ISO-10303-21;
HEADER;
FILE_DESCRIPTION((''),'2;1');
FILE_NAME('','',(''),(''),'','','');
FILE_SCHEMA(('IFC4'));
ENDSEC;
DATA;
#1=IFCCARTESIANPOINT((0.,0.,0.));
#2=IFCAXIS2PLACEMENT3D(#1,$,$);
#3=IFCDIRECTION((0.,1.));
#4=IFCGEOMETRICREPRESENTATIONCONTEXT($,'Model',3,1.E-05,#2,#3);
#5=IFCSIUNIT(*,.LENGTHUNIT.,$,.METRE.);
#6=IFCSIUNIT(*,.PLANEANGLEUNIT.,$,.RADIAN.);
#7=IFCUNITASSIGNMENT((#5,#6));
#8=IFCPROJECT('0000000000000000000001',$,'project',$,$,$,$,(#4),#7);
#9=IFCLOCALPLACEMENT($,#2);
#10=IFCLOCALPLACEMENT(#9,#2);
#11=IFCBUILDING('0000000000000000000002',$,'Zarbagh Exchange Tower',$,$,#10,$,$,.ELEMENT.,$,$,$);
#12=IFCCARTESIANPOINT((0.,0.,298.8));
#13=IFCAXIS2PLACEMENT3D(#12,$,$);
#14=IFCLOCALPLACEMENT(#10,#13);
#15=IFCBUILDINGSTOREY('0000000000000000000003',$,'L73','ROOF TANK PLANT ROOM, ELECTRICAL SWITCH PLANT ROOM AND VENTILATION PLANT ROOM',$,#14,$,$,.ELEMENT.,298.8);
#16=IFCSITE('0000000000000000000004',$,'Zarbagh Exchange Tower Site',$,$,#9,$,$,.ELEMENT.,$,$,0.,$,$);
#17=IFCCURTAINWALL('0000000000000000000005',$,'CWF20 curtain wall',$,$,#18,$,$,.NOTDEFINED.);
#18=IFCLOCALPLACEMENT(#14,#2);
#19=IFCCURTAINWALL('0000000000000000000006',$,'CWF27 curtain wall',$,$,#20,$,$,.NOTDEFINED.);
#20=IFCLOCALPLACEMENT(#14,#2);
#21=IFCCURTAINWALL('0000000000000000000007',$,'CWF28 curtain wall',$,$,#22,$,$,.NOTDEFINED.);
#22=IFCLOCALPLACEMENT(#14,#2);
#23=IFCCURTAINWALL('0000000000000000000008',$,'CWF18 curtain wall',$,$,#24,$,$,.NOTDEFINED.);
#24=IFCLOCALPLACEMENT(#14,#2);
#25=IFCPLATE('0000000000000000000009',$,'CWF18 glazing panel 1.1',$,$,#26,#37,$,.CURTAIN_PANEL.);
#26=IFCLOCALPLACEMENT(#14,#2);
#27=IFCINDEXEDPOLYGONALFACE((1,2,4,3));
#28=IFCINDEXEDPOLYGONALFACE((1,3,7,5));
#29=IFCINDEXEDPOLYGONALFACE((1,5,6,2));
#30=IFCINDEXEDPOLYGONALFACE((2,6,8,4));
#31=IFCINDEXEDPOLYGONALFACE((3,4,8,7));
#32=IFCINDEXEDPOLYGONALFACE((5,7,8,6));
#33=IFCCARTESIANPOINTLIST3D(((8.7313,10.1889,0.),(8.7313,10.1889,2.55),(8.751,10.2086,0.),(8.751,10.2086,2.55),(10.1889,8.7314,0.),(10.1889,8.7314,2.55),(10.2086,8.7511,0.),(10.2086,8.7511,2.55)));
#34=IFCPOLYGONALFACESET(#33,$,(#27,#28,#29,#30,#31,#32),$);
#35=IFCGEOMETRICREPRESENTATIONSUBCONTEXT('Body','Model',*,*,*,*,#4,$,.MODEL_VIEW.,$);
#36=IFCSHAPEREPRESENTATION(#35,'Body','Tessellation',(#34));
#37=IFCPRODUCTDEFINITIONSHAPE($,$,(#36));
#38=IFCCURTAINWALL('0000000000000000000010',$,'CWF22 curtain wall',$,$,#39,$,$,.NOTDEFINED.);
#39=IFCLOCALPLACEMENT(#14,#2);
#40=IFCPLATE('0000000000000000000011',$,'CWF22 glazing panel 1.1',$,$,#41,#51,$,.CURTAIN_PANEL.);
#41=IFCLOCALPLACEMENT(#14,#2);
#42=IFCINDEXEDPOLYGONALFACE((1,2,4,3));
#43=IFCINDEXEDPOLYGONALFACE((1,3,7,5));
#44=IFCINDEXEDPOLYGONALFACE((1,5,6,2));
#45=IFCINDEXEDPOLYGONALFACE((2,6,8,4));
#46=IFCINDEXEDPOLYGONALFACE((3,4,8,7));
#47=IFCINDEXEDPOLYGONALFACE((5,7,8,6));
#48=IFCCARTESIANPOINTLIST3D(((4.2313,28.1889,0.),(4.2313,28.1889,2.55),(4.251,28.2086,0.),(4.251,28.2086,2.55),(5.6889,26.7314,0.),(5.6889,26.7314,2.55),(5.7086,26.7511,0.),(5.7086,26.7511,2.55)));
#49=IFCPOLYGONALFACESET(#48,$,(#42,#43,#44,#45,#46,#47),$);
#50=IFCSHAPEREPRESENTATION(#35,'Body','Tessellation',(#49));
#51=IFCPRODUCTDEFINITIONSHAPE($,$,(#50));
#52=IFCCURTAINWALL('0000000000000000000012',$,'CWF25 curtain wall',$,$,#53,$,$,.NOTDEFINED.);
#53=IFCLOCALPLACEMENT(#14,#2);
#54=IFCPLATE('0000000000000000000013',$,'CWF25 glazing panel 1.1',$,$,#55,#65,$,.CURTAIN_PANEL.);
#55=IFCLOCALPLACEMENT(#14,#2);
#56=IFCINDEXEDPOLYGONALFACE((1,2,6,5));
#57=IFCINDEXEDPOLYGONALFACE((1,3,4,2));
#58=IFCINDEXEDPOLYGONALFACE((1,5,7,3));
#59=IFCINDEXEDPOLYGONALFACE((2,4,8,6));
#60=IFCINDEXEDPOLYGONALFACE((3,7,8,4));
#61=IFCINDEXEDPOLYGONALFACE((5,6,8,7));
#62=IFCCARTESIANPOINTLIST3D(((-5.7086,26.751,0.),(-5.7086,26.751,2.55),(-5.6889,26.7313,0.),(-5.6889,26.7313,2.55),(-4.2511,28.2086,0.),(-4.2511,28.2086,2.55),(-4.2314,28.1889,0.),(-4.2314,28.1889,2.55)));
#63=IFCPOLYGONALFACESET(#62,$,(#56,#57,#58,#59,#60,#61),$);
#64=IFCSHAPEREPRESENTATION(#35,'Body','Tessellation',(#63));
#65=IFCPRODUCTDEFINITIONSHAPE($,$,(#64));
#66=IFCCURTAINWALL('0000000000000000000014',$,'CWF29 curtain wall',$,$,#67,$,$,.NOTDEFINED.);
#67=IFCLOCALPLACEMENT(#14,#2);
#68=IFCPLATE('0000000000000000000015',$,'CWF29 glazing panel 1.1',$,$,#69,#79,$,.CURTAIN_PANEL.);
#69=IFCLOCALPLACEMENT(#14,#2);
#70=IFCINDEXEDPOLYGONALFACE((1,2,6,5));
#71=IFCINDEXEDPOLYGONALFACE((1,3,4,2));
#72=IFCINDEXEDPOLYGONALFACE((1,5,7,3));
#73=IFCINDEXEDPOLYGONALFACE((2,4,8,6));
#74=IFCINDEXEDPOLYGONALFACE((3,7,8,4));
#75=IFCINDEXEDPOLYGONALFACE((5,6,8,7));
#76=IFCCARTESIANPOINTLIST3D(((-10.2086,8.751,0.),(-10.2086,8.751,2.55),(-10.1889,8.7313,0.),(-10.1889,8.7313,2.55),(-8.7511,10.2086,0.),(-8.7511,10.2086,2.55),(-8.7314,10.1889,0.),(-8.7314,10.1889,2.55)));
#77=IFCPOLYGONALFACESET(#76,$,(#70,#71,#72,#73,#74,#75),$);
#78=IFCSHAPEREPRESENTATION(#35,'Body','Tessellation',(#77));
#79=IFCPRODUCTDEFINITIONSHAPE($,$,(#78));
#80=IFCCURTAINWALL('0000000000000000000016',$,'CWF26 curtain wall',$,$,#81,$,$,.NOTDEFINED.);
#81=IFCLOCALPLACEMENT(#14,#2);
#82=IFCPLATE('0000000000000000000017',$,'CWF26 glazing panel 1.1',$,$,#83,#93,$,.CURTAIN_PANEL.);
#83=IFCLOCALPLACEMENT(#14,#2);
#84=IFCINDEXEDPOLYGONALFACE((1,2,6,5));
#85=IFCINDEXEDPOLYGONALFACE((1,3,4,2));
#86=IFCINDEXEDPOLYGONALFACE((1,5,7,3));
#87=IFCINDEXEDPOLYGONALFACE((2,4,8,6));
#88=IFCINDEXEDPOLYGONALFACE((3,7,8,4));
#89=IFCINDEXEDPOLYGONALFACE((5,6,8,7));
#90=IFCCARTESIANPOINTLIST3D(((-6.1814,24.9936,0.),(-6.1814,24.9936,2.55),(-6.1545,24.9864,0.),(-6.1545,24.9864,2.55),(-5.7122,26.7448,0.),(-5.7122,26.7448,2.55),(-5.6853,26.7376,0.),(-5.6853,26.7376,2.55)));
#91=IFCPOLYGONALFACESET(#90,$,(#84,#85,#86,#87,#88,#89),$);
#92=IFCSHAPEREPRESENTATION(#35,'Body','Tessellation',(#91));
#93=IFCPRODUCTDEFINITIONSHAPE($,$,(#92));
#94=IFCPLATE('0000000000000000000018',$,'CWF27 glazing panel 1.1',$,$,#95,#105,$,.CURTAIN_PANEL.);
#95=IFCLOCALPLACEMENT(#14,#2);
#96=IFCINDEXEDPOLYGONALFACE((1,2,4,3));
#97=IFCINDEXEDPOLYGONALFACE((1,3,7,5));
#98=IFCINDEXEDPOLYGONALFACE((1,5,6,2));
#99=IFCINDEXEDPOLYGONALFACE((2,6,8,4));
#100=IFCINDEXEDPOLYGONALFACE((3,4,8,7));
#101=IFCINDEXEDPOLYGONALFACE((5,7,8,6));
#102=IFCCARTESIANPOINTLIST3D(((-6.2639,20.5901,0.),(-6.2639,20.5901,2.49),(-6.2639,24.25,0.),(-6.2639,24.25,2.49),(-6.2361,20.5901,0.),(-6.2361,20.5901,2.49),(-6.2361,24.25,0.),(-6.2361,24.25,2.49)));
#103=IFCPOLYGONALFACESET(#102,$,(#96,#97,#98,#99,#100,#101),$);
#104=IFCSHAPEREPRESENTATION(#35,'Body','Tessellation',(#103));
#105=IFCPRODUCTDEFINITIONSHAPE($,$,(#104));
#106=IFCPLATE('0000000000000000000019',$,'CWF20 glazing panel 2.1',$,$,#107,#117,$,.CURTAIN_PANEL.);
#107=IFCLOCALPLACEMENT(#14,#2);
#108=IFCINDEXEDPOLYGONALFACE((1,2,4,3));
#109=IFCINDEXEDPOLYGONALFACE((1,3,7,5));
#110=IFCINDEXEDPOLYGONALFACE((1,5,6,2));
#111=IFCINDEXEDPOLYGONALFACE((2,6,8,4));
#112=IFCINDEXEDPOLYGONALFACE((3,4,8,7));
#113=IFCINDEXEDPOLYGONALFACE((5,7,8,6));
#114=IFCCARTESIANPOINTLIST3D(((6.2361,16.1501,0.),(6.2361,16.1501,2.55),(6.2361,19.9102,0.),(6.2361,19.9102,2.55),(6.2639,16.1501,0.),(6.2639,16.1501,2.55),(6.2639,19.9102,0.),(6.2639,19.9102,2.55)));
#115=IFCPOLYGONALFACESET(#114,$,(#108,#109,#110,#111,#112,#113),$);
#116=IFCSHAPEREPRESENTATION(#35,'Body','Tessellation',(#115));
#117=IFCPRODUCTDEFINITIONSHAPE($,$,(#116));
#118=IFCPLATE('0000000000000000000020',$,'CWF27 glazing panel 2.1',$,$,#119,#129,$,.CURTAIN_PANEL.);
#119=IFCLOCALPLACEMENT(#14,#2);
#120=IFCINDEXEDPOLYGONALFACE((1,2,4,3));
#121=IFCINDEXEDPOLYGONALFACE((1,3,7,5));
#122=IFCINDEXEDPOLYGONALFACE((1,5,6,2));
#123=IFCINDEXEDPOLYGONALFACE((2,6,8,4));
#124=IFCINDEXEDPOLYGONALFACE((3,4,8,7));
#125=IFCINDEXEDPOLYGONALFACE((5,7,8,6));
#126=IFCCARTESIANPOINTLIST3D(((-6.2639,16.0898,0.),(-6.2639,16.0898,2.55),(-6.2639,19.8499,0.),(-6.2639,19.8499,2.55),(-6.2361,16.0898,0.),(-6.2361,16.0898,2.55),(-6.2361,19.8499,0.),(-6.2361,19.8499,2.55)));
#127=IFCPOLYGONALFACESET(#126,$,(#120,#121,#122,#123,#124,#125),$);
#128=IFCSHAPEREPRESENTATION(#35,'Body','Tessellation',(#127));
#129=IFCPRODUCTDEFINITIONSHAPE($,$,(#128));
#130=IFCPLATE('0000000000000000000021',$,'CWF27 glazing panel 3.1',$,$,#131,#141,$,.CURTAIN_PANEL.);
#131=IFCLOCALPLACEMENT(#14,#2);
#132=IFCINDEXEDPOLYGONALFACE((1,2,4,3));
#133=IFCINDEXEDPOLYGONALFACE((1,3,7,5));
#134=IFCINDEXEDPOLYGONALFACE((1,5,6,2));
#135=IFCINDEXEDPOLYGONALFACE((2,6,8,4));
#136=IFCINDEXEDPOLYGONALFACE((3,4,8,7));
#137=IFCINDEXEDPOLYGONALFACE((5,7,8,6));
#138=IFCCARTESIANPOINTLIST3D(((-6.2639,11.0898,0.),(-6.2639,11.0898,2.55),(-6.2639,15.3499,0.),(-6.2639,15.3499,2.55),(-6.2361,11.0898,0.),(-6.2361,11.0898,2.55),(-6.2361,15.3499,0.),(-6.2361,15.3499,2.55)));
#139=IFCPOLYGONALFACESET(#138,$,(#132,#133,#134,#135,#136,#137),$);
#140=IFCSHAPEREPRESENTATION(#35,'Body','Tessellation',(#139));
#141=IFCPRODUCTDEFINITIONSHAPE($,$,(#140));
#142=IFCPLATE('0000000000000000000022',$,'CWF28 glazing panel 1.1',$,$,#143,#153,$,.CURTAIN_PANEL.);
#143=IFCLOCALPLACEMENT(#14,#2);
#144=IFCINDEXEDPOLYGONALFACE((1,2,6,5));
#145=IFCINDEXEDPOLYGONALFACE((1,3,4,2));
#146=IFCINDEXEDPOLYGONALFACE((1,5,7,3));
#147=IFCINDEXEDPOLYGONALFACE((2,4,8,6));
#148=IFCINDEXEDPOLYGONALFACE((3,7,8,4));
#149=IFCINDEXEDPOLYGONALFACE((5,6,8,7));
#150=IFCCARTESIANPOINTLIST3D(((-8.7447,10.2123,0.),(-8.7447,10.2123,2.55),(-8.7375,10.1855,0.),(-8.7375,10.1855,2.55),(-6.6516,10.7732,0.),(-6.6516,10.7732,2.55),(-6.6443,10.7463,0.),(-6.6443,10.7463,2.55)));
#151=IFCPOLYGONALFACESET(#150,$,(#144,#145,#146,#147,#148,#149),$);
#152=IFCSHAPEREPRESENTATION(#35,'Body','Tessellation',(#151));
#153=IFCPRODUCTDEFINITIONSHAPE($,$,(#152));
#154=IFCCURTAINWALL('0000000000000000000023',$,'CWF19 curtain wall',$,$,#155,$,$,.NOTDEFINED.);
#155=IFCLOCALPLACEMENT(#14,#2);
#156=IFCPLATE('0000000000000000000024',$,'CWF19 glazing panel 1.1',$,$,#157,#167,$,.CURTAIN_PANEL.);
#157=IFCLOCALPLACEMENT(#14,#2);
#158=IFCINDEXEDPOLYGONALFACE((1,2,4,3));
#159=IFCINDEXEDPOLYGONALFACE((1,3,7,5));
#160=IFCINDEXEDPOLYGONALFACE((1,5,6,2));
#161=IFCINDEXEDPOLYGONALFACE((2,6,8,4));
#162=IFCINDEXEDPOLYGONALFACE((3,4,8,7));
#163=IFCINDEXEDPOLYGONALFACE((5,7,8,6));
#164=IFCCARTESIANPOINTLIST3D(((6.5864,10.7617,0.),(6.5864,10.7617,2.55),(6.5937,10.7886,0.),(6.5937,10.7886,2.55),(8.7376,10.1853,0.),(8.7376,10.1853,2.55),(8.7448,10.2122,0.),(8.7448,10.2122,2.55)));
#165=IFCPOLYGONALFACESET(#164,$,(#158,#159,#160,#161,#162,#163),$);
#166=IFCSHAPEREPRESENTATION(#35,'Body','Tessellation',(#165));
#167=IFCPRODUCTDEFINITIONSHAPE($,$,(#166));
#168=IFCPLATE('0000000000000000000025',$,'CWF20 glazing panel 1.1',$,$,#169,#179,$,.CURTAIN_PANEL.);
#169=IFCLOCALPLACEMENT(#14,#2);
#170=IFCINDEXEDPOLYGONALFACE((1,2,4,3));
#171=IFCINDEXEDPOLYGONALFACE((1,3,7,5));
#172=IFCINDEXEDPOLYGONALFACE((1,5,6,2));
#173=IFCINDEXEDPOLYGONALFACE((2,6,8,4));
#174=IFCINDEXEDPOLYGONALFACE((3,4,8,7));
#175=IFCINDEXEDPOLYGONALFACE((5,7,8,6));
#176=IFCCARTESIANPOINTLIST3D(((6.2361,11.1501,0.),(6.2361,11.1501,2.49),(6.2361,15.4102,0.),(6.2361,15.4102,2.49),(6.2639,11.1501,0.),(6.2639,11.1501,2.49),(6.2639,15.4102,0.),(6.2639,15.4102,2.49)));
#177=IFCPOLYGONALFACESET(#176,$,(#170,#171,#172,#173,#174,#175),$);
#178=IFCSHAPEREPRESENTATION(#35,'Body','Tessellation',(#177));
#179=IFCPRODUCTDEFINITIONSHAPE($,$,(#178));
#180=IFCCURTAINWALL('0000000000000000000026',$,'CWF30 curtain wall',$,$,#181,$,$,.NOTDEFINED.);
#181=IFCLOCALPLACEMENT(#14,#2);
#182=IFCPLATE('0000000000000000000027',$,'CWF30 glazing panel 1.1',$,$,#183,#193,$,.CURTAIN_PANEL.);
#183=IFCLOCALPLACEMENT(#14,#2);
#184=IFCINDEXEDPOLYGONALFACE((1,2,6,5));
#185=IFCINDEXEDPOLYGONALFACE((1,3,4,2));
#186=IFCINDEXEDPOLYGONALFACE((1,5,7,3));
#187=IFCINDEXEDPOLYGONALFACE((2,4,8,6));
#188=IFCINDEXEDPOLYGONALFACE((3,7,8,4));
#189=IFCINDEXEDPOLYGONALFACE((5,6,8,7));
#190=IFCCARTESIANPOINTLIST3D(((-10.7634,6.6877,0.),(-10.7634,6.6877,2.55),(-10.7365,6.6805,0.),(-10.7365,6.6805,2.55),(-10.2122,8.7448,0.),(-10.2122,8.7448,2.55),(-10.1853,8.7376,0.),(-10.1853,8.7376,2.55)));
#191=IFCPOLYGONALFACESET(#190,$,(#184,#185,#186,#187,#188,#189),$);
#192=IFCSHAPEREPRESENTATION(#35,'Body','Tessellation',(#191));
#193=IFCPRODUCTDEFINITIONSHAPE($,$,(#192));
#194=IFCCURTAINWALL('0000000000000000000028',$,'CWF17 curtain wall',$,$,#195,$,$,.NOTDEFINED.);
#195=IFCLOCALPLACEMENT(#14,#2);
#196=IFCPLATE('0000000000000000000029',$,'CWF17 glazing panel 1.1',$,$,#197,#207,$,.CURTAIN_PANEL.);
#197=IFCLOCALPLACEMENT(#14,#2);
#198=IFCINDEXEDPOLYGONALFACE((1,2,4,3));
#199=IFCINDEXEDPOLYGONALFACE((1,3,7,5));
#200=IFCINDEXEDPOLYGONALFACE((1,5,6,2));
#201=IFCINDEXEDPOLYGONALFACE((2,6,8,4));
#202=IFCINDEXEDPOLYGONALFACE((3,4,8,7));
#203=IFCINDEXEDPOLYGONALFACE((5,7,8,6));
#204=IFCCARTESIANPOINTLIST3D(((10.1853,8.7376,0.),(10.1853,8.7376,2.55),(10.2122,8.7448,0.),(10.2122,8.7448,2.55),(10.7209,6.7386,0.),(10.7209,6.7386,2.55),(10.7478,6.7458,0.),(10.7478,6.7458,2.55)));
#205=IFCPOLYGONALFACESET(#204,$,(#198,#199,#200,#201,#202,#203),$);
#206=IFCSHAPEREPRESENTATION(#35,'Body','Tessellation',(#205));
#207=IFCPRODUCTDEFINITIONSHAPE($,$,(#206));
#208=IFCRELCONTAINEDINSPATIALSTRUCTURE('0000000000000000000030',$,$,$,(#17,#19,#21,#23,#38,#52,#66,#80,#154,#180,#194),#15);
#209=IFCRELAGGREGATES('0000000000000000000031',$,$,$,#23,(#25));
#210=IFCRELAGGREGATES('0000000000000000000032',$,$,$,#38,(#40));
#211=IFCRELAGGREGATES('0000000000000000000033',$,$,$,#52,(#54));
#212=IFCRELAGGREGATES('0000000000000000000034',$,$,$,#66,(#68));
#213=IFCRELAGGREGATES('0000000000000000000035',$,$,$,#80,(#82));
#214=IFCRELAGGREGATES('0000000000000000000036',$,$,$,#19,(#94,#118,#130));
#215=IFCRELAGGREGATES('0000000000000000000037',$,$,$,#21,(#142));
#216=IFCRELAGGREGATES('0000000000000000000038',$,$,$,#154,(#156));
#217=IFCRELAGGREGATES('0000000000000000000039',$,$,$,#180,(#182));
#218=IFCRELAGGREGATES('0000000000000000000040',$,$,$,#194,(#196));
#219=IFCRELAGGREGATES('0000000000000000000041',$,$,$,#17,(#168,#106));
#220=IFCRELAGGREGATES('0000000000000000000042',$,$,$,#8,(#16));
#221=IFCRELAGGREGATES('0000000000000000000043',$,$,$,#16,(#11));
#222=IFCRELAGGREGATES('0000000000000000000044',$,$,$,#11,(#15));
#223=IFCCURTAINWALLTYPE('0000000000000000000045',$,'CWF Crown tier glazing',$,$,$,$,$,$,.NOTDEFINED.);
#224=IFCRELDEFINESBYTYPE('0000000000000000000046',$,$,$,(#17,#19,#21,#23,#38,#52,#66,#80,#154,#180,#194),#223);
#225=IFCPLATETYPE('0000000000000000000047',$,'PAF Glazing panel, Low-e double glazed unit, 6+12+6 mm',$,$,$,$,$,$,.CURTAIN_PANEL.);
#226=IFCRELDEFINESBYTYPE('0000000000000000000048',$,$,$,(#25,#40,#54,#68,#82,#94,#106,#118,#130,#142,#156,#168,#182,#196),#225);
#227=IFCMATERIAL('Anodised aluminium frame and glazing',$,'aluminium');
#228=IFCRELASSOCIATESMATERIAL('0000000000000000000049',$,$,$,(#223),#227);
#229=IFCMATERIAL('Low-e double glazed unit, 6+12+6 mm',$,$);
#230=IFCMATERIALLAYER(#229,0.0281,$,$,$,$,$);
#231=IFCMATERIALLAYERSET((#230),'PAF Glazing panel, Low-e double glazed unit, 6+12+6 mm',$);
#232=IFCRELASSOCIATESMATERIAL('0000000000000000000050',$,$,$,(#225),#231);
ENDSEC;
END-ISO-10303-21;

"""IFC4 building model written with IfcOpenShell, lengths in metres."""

from ifc_helpers import new_model, si_unit, direction, frame, origin, place, context, subcontext, project, spatial, polyline, outline, extrude, source, transform, mapped, material, layer, layer_set, type_object, element, aggregate, save


model = new_model("IFC4")

# Units and contexts
model_context = context("Model", 3, precision=1e-05, world=origin(), true_north=direction((0.0, 1.0)))
body_context = subcontext(model_context, "Body", "Model", "MODEL_VIEW")
ifc_project = project(units=[si_unit("LENGTHUNIT", "METRE"), si_unit("PLANEANGLEUNIT", "RADIAN")], contexts=[model_context])

# Site, building, storey
site_placement = place(None, origin())
site = spatial("IfcSite", under=ifc_project, at=site_placement, Name="Zarbagh Exchange Tower Site", CompositionType="ELEMENT", RefElevation=0.0)
building_placement = place(site_placement, origin())
building = spatial("IfcBuilding", under=site, at=building_placement, Name="Zarbagh Exchange Tower", CompositionType="ELEMENT")
storey_placement = place(building_placement, frame((0.0, 0.0, 298.8)))
storey = spatial("IfcBuildingStorey", under=building, at=storey_placement, Name="L73", Description="ROOF TANK PLANT ROOM, ELECTRICAL SWITCH PLANT ROOM AND VENTILATION PLANT ROOM", CompositionType="ELEMENT", Elevation=298.8)

# Curtain walls
ifc_material_1 = material(Name="Anodised aluminium frame and glazing", Category="aluminium")
curtain_wall_type = type_object("IfcCurtainWallType", Name="CWF Crown tier glazing", PredefinedType="NOTDEFINED", material=ifc_material_1)
curtain_wall_1_placement = place(storey_placement, origin())
curtain_wall_1 = element("IfcCurtainWall", 1, at=curtain_wall_1_placement, inside=storey, type_object=curtain_wall_type, Name="CWF20 curtain wall", PredefinedType="NOTDEFINED")
placement = place(storey_placement, origin())
curtain_wall_2_placement = place(storey_placement, origin())
curtain_wall_2 = element("IfcCurtainWall", 2, at=curtain_wall_2_placement, inside=storey, type_object=curtain_wall_type, Name="CWF27 curtain wall", PredefinedType="NOTDEFINED")

# Curtain wall
curtain_wall_3_placement = place(storey_placement, origin())
curtain_wall_3 = element("IfcCurtainWall", 3, at=curtain_wall_3_placement, inside=storey, type_object=curtain_wall_type, Name="CWF28 curtain wall", PredefinedType="NOTDEFINED")

# Shared definitions
ifc_material_2 = material(Name="Low-e double glazed unit, 6+12+6 mm")
ifc_layer = layer(ifc_material_2, 0.0281)
ifc_layer_set = layer_set([ifc_layer], Name="PAF Glazing panel, Low-e double glazed unit, 6+12+6 mm")
plate_type = type_object("IfcPlateType", Name="PAF Glazing panel, Low-e double glazed unit, 6+12+6 mm", PredefinedType="CURTAIN_PANEL", material=ifc_layer_set)

# Curtain walls, plates
curtain_wall_4_placement = place(storey_placement, origin())
curtain_wall_4 = element("IfcCurtainWall", 4, at=curtain_wall_4_placement, inside=storey, type_object=curtain_wall_type, Name="CWF18 curtain wall", PredefinedType="NOTDEFINED")
shared_shape_1 = source(origin(), body_context, "Body", "SweptSolid", [
    extrude(outline(polyline([(0.0, -0.0139), (2.0613, -0.0139), (2.0613, 0.0139), (0.0, 0.0139), (0.0, -0.0139)])), origin(), (0.0, 0.0, 1.0), 2.55),
])
plate_1 = element("IfcPlate", 5, at=placement, type_object=plate_type, Name="CWF18 glazing panel 1.1", PredefinedType="CURTAIN_PANEL", context=body_context, shape_type="MappedRepresentation", body=[
    mapped(shared_shape_1, transform((10.1987, 8.7412, 0.0), x_axis=(-0.707107, 0.707107, 0.0), y_axis=(-0.707107, -0.707107, 0.0), z_axis=(0.0, 0.0, 1.0))),
])
aggregate(curtain_wall_4, [plate_1])
curtain_wall_5_placement = place(storey_placement, origin())
curtain_wall_5 = element("IfcCurtainWall", 6, at=curtain_wall_5_placement, inside=storey, type_object=curtain_wall_type, Name="CWF22 curtain wall", PredefinedType="NOTDEFINED")
plate_2 = element("IfcPlate", 7, at=placement, type_object=plate_type, Name="CWF22 glazing panel 1.1", PredefinedType="CURTAIN_PANEL", context=body_context, shape_type="MappedRepresentation", body=[
    mapped(shared_shape_1, transform((5.6987, 26.7412, 0.0), x_axis=(-0.707107, 0.707107, 0.0), y_axis=(-0.707107, -0.707107, 0.0), z_axis=(0.0, 0.0, 1.0))),
])
aggregate(curtain_wall_5, [plate_2])
curtain_wall_6_placement = place(storey_placement, origin())
curtain_wall_6 = element("IfcCurtainWall", 8, at=curtain_wall_6_placement, inside=storey, type_object=curtain_wall_type, Name="CWF25 curtain wall", PredefinedType="NOTDEFINED")
plate_3 = element("IfcPlate", 9, at=placement, type_object=plate_type, Name="CWF25 glazing panel 1.1", PredefinedType="CURTAIN_PANEL", context=body_context, shape_type="MappedRepresentation", body=[
    mapped(shared_shape_1, transform((-4.2412, 28.1987, 0.0), x_axis=(-0.707107, -0.707107, 0.0), y_axis=(0.707107, -0.707107, 0.0), z_axis=(0.0, 0.0, 1.0))),
])
aggregate(curtain_wall_6, [plate_3])
curtain_wall_7_placement = place(storey_placement, origin())
curtain_wall_7 = element("IfcCurtainWall", 10, at=curtain_wall_7_placement, inside=storey, type_object=curtain_wall_type, Name="CWF29 curtain wall", PredefinedType="NOTDEFINED")
plate_4 = element("IfcPlate", 11, at=placement, type_object=plate_type, Name="CWF29 glazing panel 1.1", PredefinedType="CURTAIN_PANEL", context=body_context, shape_type="MappedRepresentation", body=[
    mapped(shared_shape_1, transform((-8.7412, 10.1987, 0.0), x_axis=(-0.707107, -0.707107, 0.0), y_axis=(0.707107, -0.707107, 0.0), z_axis=(0.0, 0.0, 1.0))),
])
aggregate(curtain_wall_7, [plate_4])
curtain_wall_8_placement = place(storey_placement, origin())
curtain_wall_8 = element("IfcCurtainWall", 12, at=curtain_wall_8_placement, inside=storey, type_object=curtain_wall_type, Name="CWF26 curtain wall", PredefinedType="NOTDEFINED")
shared_shape_2 = source(origin(), body_context, "Body", "SweptSolid", [
    extrude(outline(polyline([(0.0, -0.0139), (1.813, -0.0139), (1.813, 0.0139), (0.0, 0.0139), (0.0, -0.0139)])), origin(), (0.0, 0.0, 1.0), 2.55),
])
plate_5 = element("IfcPlate", 13, at=placement, type_object=plate_type, Name="CWF26 glazing panel 1.1", PredefinedType="CURTAIN_PANEL", context=body_context, shape_type="MappedRepresentation", body=[
    mapped(shared_shape_2, transform((-5.6987, 26.7412, 0.0), x_axis=(-0.258825, -0.965924, 0.0), y_axis=(0.965924, -0.258825, 0.0), z_axis=(0.0, 0.0, 1.0))),
])
aggregate(curtain_wall_8, [plate_5])

# Plates
shared_shape_3 = source(origin(), body_context, "Body", "SweptSolid", [
    extrude(outline(polyline([(0.0, -0.0139), (3.6599, -0.0139), (3.6599, 0.0139), (0.0, 0.0139), (0.0, -0.0139)])), origin(), (0.0, 0.0, 1.0), 2.49),
])
plate_6 = element("IfcPlate", 14, at=placement, type_object=plate_type, Name="CWF27 glazing panel 1.1", PredefinedType="CURTAIN_PANEL", context=body_context, shape_type="MappedRepresentation", body=[
    mapped(shared_shape_3, transform((-6.25, 24.25, 0.0), x_axis=(0.0, -1.0, 0.0), y_axis=(1.0, 0.0, 0.0), z_axis=(0.0, 0.0, 1.0))),
])
shared_shape_4 = source(origin(), body_context, "Body", "SweptSolid", [
    extrude(outline(polyline([(0.0, -0.0139), (3.76, -0.0139), (3.76, 0.0139), (0.0, 0.0139), (0.0, -0.0139)])), origin(), (0.0, 0.0, 1.0), 2.55),
])
plate_7 = element("IfcPlate", 15, at=placement, type_object=plate_type, Name="CWF20 glazing panel 2.1", PredefinedType="CURTAIN_PANEL", context=body_context, shape_type="MappedRepresentation", body=[
    mapped(shared_shape_4, transform((6.25, 16.1501, 0.0), x_axis=(0.0, 1.0, 0.0), y_axis=(-1.0, 0.0, 0.0), z_axis=(0.0, 0.0, 1.0))),
])
plate_8 = element("IfcPlate", 16, at=placement, type_object=plate_type, Name="CWF27 glazing panel 2.1", PredefinedType="CURTAIN_PANEL", context=body_context, shape_type="MappedRepresentation", body=[
    mapped(shared_shape_4, transform((-6.25, 19.8499, 0.0), x_axis=(0.0, -1.0, 0.0), y_axis=(1.0, 0.0, 0.0), z_axis=(0.0, 0.0, 1.0))),
])
shared_shape_5 = source(origin(), body_context, "Body", "SweptSolid", [
    extrude(outline(polyline([(0.0, -0.0139), (4.26, -0.0139), (4.26, 0.0139), (0.0, 0.0139), (0.0, -0.0139)])), origin(), (0.0, 0.0, 1.0), 2.55),
])
plate_9 = element("IfcPlate", 17, at=placement, type_object=plate_type, Name="CWF27 glazing panel 3.1", PredefinedType="CURTAIN_PANEL", context=body_context, shape_type="MappedRepresentation", body=[
    mapped(shared_shape_5, transform((-6.25, 15.3499, 0.0), x_axis=(0.0, -1.0, 0.0), y_axis=(1.0, 0.0, 0.0), z_axis=(0.0, 0.0, 1.0))),
])
aggregate(curtain_wall_2, [plate_6, plate_8, plate_9])
shared_shape_6 = source(origin(), body_context, "Body", "SweptSolid", [
    extrude(outline(polyline([(0.0, -0.0139), (2.167, -0.0139), (2.167, 0.0139), (0.0, 0.0139), (0.0, -0.0139)])), origin(), (0.0, 0.0, 1.0), 2.55),
])
plate_10 = element("IfcPlate", 18, at=placement, type_object=plate_type, Name="CWF28 glazing panel 1.1", PredefinedType="CURTAIN_PANEL", context=body_context, shape_type="MappedRepresentation", body=[
    mapped(shared_shape_6, transform((-6.6479, 10.7598, 0.0), x_axis=(-0.965924, -0.258825, 0.0), y_axis=(0.258825, -0.965924, 0.0), z_axis=(0.0, 0.0, 1.0))),
])
aggregate(curtain_wall_3, [plate_10])

# Curtain wall, plate
curtain_wall_9_placement = place(storey_placement, origin())
curtain_wall_9 = element("IfcCurtainWall", 19, at=curtain_wall_9_placement, inside=storey, type_object=curtain_wall_type, Name="CWF19 curtain wall", PredefinedType="NOTDEFINED")
shared_shape_7 = source(origin(), body_context, "Body", "SweptSolid", [
    extrude(outline(polyline([(0.0, -0.0139), (2.2271, -0.0139), (2.2271, 0.0139), (0.0, 0.0139), (0.0, -0.0139)])), origin(), (0.0, 0.0, 1.0), 2.55),
])
plate_11 = element("IfcPlate", 20, at=placement, type_object=plate_type, Name="CWF19 glazing panel 1.1", PredefinedType="CURTAIN_PANEL", context=body_context, shape_type="MappedRepresentation", body=[
    mapped(shared_shape_7, transform((8.7412, 10.1987, 0.0), x_axis=(-0.965924, 0.258825, 0.0), y_axis=(-0.258825, -0.965924, 0.0), z_axis=(0.0, 0.0, 1.0))),
])
aggregate(curtain_wall_9, [plate_11])

# Plate
shared_shape_8 = source(origin(), body_context, "Body", "SweptSolid", [
    extrude(outline(polyline([(0.0, -0.0139), (4.26, -0.0139), (4.26, 0.0139), (0.0, 0.0139), (0.0, -0.0139)])), origin(), (0.0, 0.0, 1.0), 2.49),
])
plate_12 = element("IfcPlate", 21, at=placement, type_object=plate_type, Name="CWF20 glazing panel 1.1", PredefinedType="CURTAIN_PANEL", context=body_context, shape_type="MappedRepresentation", body=[
    mapped(shared_shape_8, transform((6.25, 11.1501, 0.0), x_axis=(0.0, 1.0, 0.0), y_axis=(-1.0, 0.0, 0.0), z_axis=(0.0, 0.0, 1.0))),
])

# Curtain walls, plates
curtain_wall_10_placement = place(storey_placement, origin())
curtain_wall_10 = element("IfcCurtainWall", 22, at=curtain_wall_10_placement, inside=storey, type_object=curtain_wall_type, Name="CWF30 curtain wall", PredefinedType="NOTDEFINED")
shared_shape_9 = source(origin(), body_context, "Body", "SweptSolid", [
    extrude(outline(polyline([(0.0, -0.0139), (2.1296, -0.0139), (2.1296, 0.0139), (0.0, 0.0139), (0.0, -0.0139)])), origin(), (0.0, 0.0, 1.0), 2.55),
])
plate_13 = element("IfcPlate", 23, at=placement, type_object=plate_type, Name="CWF30 glazing panel 1.1", PredefinedType="CURTAIN_PANEL", context=body_context, shape_type="MappedRepresentation", body=[
    mapped(shared_shape_9, transform((-10.1987, 8.7412, 0.0), x_axis=(-0.258825, -0.965924, 0.0), y_axis=(0.965924, -0.258825, 0.0), z_axis=(0.0, 0.0, 1.0))),
])
aggregate(curtain_wall_10, [plate_13])
curtain_wall_11_placement = place(storey_placement, origin())
curtain_wall_11 = element("IfcCurtainWall", 24, at=curtain_wall_11_placement, inside=storey, type_object=curtain_wall_type, Name="CWF17 curtain wall", PredefinedType="NOTDEFINED")
shared_shape_10 = source(origin(), body_context, "Body", "SweptSolid", [
    extrude(outline(polyline([(0.0, -0.0139), (2.0696, -0.0139), (2.0696, 0.0139), (0.0, 0.0139), (0.0, -0.0139)])), origin(), (0.0, 0.0, 1.0), 2.55),
])
plate_14 = element("IfcPlate", 25, at=placement, type_object=plate_type, Name="CWF17 glazing panel 1.1", PredefinedType="CURTAIN_PANEL", context=body_context, shape_type="MappedRepresentation", body=[
    mapped(shared_shape_10, transform((10.7344, 6.7422, 0.0), x_axis=(-0.258825, 0.965924, 0.0), y_axis=(-0.965924, -0.258825, 0.0), z_axis=(0.0, 0.0, 1.0))),
])
aggregate(curtain_wall_11, [plate_14])

aggregate(curtain_wall_1, [plate_12, plate_7])

save(model, "model.ifc")
